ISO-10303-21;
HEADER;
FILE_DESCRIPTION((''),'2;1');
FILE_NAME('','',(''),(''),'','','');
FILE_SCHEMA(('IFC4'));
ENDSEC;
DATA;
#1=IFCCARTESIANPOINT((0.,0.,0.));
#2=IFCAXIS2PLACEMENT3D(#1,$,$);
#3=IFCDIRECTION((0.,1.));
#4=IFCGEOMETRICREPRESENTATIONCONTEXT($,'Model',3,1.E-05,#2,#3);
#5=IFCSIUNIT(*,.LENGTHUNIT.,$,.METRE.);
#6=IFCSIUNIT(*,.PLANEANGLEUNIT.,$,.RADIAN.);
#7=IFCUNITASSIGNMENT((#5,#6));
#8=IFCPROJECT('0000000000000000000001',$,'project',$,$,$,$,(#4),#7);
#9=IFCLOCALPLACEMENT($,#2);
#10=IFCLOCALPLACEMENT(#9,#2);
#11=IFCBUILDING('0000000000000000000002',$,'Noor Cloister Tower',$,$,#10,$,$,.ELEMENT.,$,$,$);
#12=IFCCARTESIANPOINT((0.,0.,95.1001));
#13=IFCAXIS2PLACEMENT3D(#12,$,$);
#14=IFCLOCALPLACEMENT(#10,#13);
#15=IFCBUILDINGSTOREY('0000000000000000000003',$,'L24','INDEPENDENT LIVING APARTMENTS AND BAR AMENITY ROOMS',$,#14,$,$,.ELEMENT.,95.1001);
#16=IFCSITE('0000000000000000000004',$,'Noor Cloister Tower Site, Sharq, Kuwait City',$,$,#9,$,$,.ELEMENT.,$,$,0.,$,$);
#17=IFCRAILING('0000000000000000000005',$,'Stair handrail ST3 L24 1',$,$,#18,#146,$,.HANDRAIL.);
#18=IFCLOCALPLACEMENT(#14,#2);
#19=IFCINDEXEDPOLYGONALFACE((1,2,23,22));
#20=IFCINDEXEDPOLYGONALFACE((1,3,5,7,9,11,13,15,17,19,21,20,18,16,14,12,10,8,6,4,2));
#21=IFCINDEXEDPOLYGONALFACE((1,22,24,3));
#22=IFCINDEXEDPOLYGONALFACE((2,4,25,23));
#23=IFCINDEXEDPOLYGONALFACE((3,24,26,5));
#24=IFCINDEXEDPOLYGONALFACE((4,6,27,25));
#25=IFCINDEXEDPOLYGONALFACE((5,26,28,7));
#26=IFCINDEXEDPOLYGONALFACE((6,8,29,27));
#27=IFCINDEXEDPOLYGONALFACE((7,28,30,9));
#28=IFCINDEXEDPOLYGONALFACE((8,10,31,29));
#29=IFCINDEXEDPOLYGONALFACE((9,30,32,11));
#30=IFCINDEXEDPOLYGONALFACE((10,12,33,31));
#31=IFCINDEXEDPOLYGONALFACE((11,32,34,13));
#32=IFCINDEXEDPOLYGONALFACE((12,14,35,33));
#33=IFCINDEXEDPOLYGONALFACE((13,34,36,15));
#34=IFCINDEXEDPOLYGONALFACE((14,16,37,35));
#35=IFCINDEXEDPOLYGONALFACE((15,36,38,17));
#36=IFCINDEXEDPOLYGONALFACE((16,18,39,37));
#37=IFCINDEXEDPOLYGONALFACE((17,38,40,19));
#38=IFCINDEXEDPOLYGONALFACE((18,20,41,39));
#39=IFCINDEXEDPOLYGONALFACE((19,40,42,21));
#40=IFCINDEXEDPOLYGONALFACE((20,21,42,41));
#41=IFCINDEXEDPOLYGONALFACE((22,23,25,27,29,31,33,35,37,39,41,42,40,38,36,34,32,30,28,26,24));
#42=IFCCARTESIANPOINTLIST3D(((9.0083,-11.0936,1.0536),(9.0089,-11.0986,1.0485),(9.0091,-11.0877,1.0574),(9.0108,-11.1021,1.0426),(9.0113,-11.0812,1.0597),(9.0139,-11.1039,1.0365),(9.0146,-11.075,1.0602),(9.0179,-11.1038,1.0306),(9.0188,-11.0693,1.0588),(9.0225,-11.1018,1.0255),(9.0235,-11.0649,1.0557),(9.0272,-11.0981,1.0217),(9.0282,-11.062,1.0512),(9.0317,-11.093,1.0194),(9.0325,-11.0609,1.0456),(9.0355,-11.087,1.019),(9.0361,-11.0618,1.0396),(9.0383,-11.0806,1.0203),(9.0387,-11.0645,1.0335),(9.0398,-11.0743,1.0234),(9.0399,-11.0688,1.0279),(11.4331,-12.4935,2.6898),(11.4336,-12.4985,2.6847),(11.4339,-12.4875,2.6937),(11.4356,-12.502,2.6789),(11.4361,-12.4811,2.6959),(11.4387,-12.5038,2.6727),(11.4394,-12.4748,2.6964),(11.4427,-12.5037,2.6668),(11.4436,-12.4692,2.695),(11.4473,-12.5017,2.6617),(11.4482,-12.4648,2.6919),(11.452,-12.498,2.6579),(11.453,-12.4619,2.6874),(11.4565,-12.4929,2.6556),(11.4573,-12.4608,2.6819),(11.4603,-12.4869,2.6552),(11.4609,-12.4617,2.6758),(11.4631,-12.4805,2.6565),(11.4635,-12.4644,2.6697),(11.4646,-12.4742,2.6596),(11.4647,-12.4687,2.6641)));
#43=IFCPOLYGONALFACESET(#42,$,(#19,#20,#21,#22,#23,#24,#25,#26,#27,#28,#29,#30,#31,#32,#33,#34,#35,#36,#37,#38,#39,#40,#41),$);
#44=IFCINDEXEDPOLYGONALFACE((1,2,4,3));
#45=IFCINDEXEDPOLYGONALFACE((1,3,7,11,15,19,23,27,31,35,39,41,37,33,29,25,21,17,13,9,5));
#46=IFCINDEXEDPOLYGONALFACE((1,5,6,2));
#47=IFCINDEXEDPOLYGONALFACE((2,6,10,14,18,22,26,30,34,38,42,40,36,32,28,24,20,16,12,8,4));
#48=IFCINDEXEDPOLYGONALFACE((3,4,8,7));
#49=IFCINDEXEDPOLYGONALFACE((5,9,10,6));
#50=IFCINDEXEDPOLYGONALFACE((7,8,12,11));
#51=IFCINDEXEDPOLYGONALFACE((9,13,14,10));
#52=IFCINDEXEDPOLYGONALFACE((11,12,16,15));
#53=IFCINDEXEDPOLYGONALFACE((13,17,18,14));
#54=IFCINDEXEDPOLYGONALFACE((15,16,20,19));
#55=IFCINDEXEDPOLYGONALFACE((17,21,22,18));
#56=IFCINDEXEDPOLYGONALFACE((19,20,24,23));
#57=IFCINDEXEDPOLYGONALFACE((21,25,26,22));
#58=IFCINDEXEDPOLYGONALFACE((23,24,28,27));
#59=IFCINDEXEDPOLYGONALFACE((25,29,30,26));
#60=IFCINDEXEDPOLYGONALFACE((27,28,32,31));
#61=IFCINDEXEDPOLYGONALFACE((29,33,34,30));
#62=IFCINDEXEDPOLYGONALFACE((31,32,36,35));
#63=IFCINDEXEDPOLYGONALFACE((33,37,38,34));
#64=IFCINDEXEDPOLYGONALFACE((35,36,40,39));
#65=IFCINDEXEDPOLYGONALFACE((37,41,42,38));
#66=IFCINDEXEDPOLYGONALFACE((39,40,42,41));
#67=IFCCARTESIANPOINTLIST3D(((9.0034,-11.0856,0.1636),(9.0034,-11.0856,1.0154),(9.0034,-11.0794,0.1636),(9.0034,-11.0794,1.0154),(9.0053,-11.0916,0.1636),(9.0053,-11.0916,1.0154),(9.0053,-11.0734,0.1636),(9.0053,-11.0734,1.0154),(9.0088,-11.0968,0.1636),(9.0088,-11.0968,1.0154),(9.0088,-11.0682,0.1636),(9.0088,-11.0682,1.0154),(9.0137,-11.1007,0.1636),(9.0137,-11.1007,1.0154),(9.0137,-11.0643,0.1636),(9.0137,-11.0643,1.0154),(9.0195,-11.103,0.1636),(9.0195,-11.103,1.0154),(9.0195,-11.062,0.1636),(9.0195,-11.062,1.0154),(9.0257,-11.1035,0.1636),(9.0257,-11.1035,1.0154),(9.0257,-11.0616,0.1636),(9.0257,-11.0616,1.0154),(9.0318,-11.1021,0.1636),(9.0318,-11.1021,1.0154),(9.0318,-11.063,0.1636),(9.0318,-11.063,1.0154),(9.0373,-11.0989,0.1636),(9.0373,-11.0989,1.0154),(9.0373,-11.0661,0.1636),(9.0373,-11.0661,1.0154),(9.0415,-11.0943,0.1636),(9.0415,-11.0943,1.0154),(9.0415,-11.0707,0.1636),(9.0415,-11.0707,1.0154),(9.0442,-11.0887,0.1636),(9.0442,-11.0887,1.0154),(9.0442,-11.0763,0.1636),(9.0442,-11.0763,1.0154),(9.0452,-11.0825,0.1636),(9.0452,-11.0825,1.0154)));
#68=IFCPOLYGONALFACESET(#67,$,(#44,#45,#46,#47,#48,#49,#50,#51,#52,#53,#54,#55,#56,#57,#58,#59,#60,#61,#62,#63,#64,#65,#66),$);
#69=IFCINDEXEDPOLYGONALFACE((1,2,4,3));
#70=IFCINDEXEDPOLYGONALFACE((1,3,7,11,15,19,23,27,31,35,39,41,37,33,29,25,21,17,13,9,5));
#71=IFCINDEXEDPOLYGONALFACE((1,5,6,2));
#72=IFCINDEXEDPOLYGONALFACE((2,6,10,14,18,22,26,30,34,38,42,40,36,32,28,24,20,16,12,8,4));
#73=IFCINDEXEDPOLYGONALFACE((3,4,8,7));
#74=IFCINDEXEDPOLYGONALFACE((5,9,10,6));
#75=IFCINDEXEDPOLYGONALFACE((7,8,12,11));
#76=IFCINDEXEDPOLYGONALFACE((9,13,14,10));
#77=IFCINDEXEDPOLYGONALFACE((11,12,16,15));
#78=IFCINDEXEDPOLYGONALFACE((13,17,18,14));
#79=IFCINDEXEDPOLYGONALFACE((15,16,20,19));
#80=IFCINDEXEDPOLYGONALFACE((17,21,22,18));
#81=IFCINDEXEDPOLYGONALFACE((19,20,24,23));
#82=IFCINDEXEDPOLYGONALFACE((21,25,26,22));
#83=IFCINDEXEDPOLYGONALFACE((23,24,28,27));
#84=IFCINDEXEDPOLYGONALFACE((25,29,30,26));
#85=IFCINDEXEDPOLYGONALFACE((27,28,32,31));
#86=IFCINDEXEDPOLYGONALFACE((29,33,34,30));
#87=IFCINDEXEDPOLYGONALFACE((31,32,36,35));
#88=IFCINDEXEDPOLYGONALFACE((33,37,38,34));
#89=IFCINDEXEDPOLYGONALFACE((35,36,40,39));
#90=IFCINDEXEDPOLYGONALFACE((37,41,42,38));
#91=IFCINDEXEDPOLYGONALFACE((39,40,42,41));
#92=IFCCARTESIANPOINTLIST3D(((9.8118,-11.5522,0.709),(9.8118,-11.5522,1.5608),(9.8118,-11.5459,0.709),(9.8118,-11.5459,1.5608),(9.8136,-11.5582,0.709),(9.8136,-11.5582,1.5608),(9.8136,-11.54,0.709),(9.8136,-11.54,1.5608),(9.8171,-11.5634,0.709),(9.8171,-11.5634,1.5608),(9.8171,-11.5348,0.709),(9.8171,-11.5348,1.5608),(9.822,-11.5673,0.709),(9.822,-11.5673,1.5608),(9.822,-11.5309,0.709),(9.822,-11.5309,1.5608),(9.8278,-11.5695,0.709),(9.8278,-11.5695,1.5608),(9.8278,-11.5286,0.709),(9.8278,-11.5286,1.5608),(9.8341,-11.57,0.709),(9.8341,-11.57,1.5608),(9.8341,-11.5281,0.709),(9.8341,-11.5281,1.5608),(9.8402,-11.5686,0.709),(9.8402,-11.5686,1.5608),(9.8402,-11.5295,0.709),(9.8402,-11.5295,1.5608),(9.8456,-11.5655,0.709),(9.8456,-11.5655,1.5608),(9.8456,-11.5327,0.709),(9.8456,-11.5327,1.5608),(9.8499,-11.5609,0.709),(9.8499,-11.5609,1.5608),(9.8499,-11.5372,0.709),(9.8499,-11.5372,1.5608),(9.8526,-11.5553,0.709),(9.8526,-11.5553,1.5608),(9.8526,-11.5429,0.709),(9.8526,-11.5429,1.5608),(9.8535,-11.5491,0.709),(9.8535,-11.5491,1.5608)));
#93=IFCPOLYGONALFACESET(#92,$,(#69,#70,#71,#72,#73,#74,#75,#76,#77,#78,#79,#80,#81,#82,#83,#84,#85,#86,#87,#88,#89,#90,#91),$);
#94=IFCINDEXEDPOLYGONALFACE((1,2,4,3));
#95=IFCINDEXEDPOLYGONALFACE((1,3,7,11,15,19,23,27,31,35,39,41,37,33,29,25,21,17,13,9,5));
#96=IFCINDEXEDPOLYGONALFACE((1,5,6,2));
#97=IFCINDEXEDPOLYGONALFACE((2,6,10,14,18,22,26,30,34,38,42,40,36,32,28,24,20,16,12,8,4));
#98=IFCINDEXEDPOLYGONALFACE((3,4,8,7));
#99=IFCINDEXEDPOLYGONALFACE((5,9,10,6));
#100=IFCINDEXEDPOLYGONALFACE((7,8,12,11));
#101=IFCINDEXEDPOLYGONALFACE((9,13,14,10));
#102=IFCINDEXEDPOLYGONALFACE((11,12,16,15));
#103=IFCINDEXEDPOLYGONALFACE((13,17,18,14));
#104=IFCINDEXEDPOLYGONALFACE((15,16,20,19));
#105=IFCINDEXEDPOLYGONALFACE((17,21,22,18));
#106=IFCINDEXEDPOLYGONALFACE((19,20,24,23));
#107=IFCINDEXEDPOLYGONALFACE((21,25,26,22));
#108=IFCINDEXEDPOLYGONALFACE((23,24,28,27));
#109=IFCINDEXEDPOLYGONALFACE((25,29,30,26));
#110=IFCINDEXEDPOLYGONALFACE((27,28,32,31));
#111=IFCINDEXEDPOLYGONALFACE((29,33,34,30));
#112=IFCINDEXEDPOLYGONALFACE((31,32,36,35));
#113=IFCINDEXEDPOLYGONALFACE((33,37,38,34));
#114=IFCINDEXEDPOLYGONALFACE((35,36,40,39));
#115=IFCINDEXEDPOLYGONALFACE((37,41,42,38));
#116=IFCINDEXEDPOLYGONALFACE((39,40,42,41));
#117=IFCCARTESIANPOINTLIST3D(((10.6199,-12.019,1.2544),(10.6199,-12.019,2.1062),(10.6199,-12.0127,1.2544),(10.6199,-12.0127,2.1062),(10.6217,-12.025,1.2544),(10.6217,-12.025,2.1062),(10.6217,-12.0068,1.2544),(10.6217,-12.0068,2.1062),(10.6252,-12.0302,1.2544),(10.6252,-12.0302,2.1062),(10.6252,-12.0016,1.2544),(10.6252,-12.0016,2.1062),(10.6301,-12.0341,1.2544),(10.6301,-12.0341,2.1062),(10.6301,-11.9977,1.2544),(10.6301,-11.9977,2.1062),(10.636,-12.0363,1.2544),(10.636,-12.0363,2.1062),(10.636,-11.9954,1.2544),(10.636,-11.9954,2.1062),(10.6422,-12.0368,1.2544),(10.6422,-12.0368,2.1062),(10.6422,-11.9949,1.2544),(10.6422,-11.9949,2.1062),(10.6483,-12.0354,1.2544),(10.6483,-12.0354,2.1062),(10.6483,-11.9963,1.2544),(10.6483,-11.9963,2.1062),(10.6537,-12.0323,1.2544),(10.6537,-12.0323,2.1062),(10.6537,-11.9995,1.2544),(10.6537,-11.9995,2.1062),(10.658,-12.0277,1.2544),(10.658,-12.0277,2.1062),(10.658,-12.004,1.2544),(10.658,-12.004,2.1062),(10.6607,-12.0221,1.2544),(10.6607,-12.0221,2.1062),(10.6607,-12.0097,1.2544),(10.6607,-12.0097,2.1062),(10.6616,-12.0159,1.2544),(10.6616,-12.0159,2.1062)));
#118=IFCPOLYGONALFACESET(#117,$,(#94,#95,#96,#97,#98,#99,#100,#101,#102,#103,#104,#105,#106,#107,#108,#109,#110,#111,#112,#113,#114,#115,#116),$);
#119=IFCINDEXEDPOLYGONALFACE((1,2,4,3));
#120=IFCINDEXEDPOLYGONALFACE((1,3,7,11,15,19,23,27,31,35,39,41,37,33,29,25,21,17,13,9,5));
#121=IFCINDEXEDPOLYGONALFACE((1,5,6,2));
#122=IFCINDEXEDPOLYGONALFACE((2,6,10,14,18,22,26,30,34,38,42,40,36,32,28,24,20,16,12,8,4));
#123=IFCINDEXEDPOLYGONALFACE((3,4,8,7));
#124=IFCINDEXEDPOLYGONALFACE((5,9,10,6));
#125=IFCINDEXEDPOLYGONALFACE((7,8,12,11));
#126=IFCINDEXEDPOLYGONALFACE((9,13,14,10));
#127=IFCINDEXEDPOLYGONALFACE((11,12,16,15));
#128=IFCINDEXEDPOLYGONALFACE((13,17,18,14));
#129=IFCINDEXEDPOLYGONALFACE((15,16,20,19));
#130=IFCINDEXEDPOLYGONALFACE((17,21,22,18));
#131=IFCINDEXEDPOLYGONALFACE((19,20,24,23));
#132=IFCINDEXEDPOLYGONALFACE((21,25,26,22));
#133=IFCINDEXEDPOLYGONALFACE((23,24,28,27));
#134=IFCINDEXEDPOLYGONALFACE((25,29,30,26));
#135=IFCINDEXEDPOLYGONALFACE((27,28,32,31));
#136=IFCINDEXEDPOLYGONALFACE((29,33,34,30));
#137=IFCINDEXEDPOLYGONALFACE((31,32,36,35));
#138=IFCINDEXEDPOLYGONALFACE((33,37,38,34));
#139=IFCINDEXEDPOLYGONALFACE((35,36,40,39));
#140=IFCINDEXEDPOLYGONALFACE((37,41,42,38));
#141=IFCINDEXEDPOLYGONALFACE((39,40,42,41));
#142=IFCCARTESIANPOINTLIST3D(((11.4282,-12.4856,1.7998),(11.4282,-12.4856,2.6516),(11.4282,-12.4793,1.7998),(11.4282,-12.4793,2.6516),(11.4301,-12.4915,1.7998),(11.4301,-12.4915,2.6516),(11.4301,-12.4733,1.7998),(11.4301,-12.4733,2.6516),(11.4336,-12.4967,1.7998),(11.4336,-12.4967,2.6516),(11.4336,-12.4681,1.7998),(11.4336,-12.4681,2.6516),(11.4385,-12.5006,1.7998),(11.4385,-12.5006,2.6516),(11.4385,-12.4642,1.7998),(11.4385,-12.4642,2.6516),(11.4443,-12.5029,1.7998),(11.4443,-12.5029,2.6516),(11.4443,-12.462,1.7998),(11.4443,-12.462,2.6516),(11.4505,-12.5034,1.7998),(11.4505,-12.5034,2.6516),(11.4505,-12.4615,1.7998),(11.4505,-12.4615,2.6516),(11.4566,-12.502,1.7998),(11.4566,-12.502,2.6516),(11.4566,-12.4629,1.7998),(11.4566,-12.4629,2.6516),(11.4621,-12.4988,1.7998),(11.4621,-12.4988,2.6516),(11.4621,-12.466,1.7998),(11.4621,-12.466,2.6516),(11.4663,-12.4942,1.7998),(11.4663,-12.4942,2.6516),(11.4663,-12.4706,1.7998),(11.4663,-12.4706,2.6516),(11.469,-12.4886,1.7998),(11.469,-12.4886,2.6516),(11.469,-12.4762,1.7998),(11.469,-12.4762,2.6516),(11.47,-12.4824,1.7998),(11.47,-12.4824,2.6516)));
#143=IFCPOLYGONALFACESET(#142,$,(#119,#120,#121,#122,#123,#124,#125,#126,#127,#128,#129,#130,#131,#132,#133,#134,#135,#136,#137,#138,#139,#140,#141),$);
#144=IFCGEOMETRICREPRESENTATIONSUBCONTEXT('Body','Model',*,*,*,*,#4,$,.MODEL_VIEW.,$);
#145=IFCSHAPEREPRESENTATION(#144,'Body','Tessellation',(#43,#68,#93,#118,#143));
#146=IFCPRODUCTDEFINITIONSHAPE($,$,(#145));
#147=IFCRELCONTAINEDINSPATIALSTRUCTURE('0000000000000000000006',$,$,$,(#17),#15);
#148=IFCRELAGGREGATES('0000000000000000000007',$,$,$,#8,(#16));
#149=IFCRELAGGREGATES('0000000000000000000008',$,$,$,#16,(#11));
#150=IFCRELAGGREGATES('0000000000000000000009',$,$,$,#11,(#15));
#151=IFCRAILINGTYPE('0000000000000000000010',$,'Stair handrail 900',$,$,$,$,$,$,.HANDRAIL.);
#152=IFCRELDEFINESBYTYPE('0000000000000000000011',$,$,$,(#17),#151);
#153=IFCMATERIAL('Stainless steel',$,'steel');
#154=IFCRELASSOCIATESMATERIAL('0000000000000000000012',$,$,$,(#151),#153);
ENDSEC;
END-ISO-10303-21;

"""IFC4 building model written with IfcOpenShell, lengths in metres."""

from ifc_helpers import new_model, si_unit, direction, frame, origin, origin_2d, place, context, subcontext, project, spatial, circle, extrude, material, type_object, element, save


model = new_model("IFC4")

# Units and contexts
model_context = context("Model", 3, precision=1e-05, world=origin(), true_north=direction((0.0, 1.0)))
body_context = subcontext(model_context, "Body", "Model", "MODEL_VIEW")
ifc_project = project(units=[si_unit("LENGTHUNIT", "METRE"), si_unit("PLANEANGLEUNIT", "RADIAN")], contexts=[model_context])

# Site, building, storey
site_placement = place(None, origin())
site = spatial("IfcSite", under=ifc_project, at=site_placement, Name="Noor Cloister Tower Site, Sharq, Kuwait City", CompositionType="ELEMENT", RefElevation=0.0)
building_placement = place(site_placement, origin())
building = spatial("IfcBuilding", under=site, at=building_placement, Name="Noor Cloister Tower", CompositionType="ELEMENT")
storey_placement = place(building_placement, frame((0.0, 0.0, 95.1001)))
storey = spatial("IfcBuildingStorey", under=building, at=storey_placement, Name="L24", Description="INDEPENDENT LIVING APARTMENTS AND BAR AMENITY ROOMS", CompositionType="ELEMENT", Elevation=95.1001)

# Railing
ifc_material_1 = material(Name="Stainless steel", Category="steel")
railing_type_1 = type_object("IfcRailingType", Name="Stair handrail 900", PredefinedType="HANDRAIL", material=ifc_material_1)
railing_1_placement = place(storey_placement, frame((9.0242, -11.0825, 0.1636)))
element("IfcRailing", 1, at=railing_1_placement, inside=storey, type_object=railing_type_1, Name="Stair handrail ST3 L24 1", PredefinedType="HANDRAIL", context=body_context, shape_type="SweptSolid", body=[
    extrude(circle(Radius=0.0239, at=origin_2d()), frame((0.0, 0.0, 0.876), z_axis=(0.747718, -0.431677, 0.504552), x_axis=(0.499984, 0.866035, 0.0)), (0.0, 0.0, 1.0), 3.2429),
    extrude(circle(Radius=0.021, at=origin_2d()), origin(), (0.0, 0.0, 1.0), 0.8518),
    extrude(circle(Radius=0.021, at=origin_2d()), frame((0.8083, -0.4666, 0.5454)), (0.0, 0.0, 1.0), 0.8518),
    extrude(circle(Radius=0.021, at=origin_2d()), frame((1.6165, -0.9333, 1.0908)), (0.0, 0.0, 1.0), 0.8518),
    extrude(circle(Radius=0.021, at=origin_2d()), frame((2.4248, -1.3999, 1.6362)), (0.0, 0.0, 1.0), 0.8518),
])

save(model, "model.ifc")
